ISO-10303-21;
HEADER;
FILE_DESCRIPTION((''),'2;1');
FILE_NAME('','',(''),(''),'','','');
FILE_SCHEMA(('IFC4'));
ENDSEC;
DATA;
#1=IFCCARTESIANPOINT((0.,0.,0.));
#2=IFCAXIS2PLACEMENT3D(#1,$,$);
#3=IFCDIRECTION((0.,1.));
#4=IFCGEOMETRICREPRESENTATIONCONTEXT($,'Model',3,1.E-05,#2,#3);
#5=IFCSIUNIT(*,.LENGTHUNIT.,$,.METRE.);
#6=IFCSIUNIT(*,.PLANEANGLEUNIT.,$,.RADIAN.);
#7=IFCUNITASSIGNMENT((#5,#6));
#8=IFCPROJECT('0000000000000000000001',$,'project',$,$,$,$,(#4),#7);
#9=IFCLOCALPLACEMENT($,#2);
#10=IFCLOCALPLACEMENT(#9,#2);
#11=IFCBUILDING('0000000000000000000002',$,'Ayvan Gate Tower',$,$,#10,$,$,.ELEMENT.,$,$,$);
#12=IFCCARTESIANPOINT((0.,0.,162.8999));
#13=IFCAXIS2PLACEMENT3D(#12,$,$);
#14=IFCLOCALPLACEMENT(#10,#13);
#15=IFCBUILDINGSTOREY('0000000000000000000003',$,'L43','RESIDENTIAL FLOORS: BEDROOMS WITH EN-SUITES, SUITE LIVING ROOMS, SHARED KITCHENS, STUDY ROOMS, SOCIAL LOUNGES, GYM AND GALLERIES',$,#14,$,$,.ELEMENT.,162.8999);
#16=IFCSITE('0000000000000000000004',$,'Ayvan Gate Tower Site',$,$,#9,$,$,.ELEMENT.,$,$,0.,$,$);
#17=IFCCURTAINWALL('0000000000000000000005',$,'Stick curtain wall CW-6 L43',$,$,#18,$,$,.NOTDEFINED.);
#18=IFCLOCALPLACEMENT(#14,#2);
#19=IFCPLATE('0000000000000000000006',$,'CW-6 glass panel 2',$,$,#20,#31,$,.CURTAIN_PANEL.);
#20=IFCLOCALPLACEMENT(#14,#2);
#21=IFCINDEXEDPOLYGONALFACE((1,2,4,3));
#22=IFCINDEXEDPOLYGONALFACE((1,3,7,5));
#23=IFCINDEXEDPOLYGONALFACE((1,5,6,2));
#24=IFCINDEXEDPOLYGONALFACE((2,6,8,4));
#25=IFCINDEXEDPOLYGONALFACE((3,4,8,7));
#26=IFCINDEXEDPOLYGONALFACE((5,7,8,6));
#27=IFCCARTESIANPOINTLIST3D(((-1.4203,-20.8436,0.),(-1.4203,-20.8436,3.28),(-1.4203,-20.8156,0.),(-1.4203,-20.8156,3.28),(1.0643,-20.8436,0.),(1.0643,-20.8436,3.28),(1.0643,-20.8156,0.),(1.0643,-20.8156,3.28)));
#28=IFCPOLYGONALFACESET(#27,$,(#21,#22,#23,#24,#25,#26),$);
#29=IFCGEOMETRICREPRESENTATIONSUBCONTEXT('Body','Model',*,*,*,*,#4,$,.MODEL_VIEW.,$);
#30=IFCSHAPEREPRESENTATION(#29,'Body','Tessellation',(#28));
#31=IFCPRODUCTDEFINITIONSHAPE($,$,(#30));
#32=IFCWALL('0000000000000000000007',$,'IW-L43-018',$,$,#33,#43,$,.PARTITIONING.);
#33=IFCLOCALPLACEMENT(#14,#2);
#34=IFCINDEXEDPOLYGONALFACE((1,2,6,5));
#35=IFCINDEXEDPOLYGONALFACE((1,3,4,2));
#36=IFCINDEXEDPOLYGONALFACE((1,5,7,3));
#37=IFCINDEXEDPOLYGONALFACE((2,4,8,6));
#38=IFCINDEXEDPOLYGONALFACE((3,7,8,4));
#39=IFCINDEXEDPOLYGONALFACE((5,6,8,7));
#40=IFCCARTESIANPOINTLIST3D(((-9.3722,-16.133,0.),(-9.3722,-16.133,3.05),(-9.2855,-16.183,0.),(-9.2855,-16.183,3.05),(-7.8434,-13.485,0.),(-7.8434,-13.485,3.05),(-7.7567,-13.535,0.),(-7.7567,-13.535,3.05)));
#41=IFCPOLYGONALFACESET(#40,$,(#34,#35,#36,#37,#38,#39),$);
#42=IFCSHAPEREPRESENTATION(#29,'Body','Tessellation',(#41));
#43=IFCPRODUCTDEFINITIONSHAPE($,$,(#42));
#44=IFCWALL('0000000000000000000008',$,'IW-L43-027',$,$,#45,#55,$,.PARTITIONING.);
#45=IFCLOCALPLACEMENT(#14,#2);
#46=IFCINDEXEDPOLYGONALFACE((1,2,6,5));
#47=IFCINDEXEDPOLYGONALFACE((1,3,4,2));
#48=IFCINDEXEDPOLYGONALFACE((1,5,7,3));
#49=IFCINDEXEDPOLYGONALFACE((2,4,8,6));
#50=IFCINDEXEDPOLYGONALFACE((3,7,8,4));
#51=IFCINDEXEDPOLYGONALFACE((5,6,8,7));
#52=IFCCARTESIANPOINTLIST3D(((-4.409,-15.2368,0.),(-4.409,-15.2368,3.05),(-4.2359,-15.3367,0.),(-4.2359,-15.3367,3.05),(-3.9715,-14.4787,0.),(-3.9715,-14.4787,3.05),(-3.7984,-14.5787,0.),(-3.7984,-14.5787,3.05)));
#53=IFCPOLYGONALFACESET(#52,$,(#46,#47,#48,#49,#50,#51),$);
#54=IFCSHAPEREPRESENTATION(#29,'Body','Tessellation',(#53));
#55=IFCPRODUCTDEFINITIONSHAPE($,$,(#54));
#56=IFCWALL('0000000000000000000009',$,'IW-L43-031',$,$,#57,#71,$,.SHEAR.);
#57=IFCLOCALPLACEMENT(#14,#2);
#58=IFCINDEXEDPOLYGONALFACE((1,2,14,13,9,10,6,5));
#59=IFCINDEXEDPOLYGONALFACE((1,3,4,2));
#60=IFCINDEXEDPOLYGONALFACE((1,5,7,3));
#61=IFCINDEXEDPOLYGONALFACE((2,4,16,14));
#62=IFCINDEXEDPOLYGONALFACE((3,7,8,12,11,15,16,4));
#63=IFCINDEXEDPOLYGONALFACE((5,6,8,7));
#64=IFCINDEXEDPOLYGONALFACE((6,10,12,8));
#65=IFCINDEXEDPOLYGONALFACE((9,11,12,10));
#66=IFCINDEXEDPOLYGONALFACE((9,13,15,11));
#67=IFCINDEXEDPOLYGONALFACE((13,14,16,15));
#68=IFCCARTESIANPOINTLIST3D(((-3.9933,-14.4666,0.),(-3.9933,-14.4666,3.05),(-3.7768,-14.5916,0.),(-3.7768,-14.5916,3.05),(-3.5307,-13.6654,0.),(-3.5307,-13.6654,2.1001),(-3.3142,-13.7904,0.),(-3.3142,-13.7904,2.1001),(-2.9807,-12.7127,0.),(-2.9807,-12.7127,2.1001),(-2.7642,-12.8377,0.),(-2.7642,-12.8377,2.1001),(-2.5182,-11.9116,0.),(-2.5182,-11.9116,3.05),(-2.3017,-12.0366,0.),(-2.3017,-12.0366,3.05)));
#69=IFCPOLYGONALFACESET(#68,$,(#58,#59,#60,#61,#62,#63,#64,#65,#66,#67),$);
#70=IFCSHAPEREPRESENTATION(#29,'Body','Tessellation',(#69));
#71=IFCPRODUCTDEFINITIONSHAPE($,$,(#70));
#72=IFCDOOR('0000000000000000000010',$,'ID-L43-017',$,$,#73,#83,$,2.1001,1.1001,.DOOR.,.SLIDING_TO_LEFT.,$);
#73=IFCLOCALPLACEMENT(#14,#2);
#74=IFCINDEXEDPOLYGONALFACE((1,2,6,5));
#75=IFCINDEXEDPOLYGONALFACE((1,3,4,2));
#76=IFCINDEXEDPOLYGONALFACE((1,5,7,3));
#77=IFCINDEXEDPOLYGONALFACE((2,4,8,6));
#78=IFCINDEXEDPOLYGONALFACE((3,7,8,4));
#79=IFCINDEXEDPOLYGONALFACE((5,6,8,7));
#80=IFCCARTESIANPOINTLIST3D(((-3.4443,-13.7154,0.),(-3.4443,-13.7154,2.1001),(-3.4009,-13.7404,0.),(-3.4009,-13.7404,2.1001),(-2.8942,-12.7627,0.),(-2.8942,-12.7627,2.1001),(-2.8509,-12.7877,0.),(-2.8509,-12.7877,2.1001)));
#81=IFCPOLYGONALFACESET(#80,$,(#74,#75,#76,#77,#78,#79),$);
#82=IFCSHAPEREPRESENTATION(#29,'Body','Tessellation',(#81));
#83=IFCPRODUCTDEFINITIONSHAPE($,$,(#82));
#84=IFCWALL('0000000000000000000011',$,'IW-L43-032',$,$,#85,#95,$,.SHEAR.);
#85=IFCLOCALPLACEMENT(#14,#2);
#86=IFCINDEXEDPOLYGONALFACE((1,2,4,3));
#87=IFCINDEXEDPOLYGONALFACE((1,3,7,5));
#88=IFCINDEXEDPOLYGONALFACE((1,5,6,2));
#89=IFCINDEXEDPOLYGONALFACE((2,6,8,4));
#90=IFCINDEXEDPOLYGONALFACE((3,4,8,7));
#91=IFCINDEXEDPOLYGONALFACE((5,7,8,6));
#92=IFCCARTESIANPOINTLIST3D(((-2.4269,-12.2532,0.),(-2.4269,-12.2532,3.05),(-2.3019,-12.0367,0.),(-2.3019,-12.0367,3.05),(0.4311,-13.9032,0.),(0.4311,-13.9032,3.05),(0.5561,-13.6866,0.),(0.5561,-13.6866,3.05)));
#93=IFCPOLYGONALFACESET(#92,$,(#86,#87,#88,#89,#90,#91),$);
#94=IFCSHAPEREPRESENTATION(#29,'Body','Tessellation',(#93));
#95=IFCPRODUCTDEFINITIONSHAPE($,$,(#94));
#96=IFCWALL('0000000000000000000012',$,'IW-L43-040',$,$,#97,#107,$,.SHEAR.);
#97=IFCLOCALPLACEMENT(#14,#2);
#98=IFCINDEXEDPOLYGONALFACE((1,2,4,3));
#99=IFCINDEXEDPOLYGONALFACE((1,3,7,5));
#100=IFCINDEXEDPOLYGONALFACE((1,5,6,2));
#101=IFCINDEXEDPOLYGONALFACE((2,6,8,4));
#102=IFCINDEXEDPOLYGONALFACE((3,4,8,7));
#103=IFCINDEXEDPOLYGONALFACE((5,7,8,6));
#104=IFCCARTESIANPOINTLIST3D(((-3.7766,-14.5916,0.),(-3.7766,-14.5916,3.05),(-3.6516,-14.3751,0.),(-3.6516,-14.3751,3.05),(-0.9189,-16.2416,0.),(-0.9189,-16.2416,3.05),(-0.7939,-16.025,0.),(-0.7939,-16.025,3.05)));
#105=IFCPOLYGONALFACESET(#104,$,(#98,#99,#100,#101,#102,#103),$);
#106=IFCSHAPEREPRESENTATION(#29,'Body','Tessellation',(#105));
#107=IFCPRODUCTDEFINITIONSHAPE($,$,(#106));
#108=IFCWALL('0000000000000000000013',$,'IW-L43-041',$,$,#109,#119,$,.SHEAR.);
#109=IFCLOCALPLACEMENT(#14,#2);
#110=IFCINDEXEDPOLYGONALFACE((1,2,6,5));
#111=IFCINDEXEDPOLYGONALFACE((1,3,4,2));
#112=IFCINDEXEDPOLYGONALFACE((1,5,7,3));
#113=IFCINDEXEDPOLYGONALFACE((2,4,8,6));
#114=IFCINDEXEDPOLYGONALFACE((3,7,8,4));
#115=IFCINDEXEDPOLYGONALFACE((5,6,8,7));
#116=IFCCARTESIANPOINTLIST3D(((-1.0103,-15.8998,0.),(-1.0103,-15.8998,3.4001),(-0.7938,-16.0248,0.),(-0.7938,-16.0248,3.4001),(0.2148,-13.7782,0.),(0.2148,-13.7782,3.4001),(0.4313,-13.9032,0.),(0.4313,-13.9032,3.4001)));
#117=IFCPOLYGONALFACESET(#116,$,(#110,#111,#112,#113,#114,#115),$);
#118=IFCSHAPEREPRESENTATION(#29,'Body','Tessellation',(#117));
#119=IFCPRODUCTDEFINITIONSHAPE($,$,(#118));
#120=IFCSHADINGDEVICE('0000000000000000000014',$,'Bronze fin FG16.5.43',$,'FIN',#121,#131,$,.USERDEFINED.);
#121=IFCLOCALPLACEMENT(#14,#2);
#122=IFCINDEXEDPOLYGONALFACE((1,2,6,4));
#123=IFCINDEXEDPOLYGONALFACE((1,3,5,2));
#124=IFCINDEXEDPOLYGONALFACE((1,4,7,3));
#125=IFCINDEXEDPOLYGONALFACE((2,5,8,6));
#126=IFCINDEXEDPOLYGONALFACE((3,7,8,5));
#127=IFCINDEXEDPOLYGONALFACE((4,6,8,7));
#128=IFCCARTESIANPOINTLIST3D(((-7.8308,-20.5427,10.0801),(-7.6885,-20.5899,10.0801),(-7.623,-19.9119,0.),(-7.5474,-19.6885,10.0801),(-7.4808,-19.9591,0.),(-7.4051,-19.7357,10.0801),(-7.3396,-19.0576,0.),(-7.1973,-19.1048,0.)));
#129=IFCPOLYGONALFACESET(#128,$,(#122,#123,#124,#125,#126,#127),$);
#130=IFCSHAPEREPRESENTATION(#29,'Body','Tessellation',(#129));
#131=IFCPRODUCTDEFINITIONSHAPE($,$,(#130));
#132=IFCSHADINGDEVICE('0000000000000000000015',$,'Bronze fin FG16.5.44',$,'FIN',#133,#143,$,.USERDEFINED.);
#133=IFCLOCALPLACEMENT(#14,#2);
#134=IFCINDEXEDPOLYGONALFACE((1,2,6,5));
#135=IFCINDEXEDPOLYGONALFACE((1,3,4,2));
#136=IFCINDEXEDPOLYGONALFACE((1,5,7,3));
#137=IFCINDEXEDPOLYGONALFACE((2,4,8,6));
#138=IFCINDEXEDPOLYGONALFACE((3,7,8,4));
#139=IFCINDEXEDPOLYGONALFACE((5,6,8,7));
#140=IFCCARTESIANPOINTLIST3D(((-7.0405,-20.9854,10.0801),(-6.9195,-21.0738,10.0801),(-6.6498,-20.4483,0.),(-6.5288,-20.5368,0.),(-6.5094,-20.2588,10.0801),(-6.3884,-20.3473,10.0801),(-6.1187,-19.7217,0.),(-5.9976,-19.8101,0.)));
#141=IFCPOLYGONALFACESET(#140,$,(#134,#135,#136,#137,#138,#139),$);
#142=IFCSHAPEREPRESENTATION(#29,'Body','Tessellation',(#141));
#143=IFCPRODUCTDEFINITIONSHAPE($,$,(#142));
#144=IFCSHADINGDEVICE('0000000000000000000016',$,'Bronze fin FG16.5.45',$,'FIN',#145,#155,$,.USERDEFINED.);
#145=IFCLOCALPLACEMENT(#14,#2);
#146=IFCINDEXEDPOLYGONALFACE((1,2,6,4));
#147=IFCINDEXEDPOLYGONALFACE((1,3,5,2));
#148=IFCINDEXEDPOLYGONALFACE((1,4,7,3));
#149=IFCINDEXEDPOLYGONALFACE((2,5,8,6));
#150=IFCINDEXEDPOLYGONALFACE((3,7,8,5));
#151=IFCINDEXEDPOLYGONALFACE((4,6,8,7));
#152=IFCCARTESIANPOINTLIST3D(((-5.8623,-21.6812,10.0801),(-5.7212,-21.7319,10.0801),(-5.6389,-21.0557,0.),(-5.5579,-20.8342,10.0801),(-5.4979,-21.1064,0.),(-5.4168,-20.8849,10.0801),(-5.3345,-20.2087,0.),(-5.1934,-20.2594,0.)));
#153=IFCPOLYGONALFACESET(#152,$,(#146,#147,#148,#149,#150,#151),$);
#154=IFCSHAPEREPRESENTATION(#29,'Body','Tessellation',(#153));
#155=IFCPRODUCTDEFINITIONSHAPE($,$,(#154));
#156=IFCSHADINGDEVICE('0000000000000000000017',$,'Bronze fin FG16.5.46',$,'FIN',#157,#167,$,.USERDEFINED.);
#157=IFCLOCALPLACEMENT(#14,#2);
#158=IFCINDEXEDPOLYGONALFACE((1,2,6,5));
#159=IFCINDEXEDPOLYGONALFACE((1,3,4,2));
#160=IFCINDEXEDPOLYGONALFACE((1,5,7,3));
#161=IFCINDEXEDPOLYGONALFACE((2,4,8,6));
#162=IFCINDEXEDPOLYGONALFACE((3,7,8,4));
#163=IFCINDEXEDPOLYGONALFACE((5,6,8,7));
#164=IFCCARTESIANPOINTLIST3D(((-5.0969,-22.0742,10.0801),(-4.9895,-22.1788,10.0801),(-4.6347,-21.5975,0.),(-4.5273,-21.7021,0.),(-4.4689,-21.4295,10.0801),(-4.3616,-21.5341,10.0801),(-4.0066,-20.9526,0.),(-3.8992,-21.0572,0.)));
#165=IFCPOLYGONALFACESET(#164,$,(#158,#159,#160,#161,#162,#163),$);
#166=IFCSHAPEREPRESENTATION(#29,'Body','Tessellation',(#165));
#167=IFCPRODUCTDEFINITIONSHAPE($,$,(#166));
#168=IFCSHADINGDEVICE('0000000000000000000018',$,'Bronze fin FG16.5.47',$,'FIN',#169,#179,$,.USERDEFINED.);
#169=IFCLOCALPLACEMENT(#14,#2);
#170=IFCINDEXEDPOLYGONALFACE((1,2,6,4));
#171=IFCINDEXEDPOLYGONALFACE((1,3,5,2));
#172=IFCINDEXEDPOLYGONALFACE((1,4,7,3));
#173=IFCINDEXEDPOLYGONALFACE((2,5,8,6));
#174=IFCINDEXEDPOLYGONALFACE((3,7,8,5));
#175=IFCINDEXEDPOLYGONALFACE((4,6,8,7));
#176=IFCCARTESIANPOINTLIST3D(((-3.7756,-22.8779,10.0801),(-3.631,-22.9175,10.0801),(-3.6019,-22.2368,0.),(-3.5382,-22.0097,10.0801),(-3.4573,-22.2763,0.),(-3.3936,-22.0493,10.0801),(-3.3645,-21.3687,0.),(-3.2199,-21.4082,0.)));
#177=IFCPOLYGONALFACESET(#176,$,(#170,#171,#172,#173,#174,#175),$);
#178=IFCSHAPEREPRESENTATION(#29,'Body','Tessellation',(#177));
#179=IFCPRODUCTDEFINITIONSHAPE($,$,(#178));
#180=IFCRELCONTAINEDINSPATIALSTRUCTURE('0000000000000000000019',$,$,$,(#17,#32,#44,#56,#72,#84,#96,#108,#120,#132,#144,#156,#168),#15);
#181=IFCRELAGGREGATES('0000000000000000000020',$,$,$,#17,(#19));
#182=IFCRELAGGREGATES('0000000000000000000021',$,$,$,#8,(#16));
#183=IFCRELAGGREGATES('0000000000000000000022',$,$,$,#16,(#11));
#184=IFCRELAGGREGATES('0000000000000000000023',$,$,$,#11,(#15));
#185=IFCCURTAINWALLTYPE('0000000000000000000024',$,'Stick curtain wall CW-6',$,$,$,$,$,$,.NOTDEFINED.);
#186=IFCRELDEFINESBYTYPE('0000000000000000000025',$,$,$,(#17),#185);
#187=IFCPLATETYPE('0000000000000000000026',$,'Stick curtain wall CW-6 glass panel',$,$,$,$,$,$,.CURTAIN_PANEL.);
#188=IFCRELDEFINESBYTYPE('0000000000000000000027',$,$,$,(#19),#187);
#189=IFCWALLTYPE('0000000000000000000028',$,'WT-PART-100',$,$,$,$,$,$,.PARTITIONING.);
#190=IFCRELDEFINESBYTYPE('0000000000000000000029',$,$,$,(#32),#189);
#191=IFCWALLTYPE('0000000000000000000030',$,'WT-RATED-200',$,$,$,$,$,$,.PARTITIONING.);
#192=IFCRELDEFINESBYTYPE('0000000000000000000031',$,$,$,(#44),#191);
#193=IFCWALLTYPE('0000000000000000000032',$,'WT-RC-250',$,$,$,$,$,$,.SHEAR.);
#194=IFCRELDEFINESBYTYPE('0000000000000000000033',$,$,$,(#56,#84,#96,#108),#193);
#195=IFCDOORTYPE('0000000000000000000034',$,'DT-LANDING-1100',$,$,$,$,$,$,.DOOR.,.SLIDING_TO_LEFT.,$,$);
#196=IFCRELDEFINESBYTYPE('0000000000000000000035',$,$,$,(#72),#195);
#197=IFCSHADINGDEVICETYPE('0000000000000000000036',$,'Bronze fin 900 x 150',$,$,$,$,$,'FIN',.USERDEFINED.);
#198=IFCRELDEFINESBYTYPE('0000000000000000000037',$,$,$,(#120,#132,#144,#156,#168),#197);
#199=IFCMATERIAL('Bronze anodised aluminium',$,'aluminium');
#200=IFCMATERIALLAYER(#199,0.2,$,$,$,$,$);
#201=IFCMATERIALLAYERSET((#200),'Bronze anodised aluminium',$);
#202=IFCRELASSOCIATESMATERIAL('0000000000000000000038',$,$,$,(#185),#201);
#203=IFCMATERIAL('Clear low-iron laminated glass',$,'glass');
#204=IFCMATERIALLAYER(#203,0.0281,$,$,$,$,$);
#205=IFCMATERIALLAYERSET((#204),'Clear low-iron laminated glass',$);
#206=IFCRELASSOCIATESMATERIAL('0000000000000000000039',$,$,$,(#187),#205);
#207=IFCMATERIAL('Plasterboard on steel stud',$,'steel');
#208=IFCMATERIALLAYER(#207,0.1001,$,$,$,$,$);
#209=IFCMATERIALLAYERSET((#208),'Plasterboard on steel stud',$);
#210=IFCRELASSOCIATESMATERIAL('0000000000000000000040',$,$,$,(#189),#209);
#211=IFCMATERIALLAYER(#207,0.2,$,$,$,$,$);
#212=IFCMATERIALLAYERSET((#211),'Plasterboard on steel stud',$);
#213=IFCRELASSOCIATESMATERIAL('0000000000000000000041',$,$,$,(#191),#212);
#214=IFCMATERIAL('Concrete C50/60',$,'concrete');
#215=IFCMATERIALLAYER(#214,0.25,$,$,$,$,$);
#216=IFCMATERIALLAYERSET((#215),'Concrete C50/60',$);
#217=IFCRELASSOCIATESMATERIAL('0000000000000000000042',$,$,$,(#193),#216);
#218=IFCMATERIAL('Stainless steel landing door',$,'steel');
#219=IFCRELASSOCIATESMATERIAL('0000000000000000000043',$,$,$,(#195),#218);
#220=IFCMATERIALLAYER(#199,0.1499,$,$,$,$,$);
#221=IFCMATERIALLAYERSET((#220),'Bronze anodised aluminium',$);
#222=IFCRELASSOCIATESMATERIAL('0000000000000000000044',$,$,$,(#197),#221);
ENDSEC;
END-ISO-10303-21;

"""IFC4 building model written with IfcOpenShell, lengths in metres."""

from ifc_helpers import new_model, si_unit, direction, frame, frame_2d, origin, origin_2d, place, context, subcontext, project, spatial, polyline, rectangle, outline, extrude, material, layer, layer_set, type_object, element, fill, aggregate, save


model = new_model("IFC4")

# Units and contexts
model_context = context("Model", 3, precision=1e-05, world=origin(), true_north=direction((0.0, 1.0)))
body_context = subcontext(model_context, "Body", "Model", "MODEL_VIEW")
ifc_project = project(units=[si_unit("LENGTHUNIT", "METRE"), si_unit("PLANEANGLEUNIT", "RADIAN")], contexts=[model_context])

# Site, building, storey
site_placement = place(None, origin())
site = spatial("IfcSite", under=ifc_project, at=site_placement, Name="Ayvan Gate Tower Site", CompositionType="ELEMENT", RefElevation=0.0)
building_placement = place(site_placement, origin())
building = spatial("IfcBuilding", under=site, at=building_placement, Name="Ayvan Gate Tower", CompositionType="ELEMENT")
storey_placement = place(building_placement, frame((0.0, 0.0, 162.8999)))
storey = spatial("IfcBuildingStorey", under=building, at=storey_placement, Name="L43", Description="RESIDENTIAL FLOORS: BEDROOMS WITH EN-SUITES, SUITE LIVING ROOMS, SHARED KITCHENS, STUDY ROOMS, SOCIAL LOUNGES, GYM AND GALLERIES", CompositionType="ELEMENT", Elevation=162.8999)

# Curtain wall
ifc_material_1 = material(Name="Bronze anodised aluminium", Category="aluminium")
ifc_layer_1 = layer(ifc_material_1, 0.2)
ifc_layer_set_1 = layer_set([ifc_layer_1], Name="Bronze anodised aluminium")
curtain_wall_type_1 = type_object("IfcCurtainWallType", Name="Stick curtain wall CW-6", PredefinedType="NOTDEFINED", material=ifc_layer_set_1)
curtain_wall_1_placement = place(storey_placement, origin())
curtain_wall_1 = element("IfcCurtainWall", 1, at=curtain_wall_1_placement, inside=storey, type_object=curtain_wall_type_1, Name="Stick curtain wall CW-6 L43", PredefinedType="NOTDEFINED")

# Plate
ifc_material_2 = material(Name="Clear low-iron laminated glass", Category="glass")
ifc_layer_2 = layer(ifc_material_2, 0.0281)
ifc_layer_set_2 = layer_set([ifc_layer_2], Name="Clear low-iron laminated glass")
plate_type_1 = type_object("IfcPlateType", Name="Stick curtain wall CW-6 glass panel", PredefinedType="CURTAIN_PANEL", material=ifc_layer_set_2)
plate_1_placement = place(storey_placement, frame((-0.178, -20.8296, 0.0), z_axis=(0.0, 0.0, 1.0), x_axis=(1.0, 0.0, 0.0)))
plate_1 = element("IfcPlate", 2, at=plate_1_placement, type_object=plate_type_1, Name="CW-6 glass panel 2", PredefinedType="CURTAIN_PANEL", context=body_context, shape_type="SweptSolid", body=[
    extrude(rectangle(XDim=2.4846, YDim=0.0281, at=origin_2d()), origin(), (0.0, 0.0, 1.0), 3.28),
])
aggregate(curtain_wall_1, [plate_1])

# Walls
ifc_material_3 = material(Name="Plasterboard on steel stud", Category="steel")
ifc_layer_3 = layer(ifc_material_3, 0.1001)
ifc_layer_set_3 = layer_set([ifc_layer_3], Name="Plasterboard on steel stud")
wall_type_1 = type_object("IfcWallType", Name="WT-PART-100", PredefinedType="PARTITIONING", material=ifc_layer_set_3)
wall_1_placement = place(storey_placement, frame((-7.8, -13.51, 0.0), z_axis=(0.0, 0.0, 1.0), x_axis=(-0.500004, -0.866023, 0.0)))
element("IfcWall", 3, at=wall_1_placement, inside=storey, type_object=wall_type_1, Name="IW-L43-018", PredefinedType="PARTITIONING", context=body_context, shape_type="SweptSolid", body=[
    extrude(rectangle(XDim=3.0576, YDim=0.1001, at=frame_2d((1.5288, 0.0))), origin(), (0.0, 0.0, 1.0), 3.05),
])
ifc_layer_4 = layer(ifc_material_3, 0.2)
ifc_layer_set_4 = layer_set([ifc_layer_4], Name="Plasterboard on steel stud")
wall_type_2 = type_object("IfcWallType", Name="WT-RATED-200", PredefinedType="PARTITIONING", material=ifc_layer_set_4)
wall_2_placement = place(storey_placement, frame((-3.885, -14.5288, 0.0), z_axis=(0.0, 0.0, 1.0), x_axis=(-0.499859, -0.866107, 0.0)))
element("IfcWall", 4, at=wall_2_placement, inside=storey, type_object=wall_type_2, Name="IW-L43-027", PredefinedType="PARTITIONING", context=body_context, shape_type="SweptSolid", body=[
    extrude(rectangle(XDim=0.8752, YDim=0.2, at=frame_2d((0.4375, 0.0))), origin(), (0.0, 0.0, 1.0), 3.05),
])

# Wall, opening, door
ifc_material_4 = material(Name="Concrete C50/60", Category="concrete")
ifc_layer_5 = layer(ifc_material_4, 0.25)
ifc_layer_set_5 = layer_set([ifc_layer_5], Name="Concrete C50/60")
wall_type_3 = type_object("IfcWallType", Name="WT-RC-250", PredefinedType="SHEAR", material=ifc_layer_set_5)
wall_3_placement = place(storey_placement, frame((-2.4099, -11.9741, 0.0), z_axis=(0.0, 0.0, 1.0), x_axis=(-0.500002, -0.866024, 0.0)))
wall_3 = element("IfcWall", 5, at=wall_3_placement, inside=storey, type_object=wall_type_3, Name="IW-L43-031", PredefinedType="SHEAR", context=body_context, shape_type="SweptSolid", body=[
    extrude(rectangle(XDim=2.9502, YDim=0.25, at=frame_2d((1.4751, 0.0))), origin(), (0.0, 0.0, 1.0), 3.05),
])
opening_placement = place(wall_3_placement, frame((0.925, 0.0, 0.0)))
opening = element("IfcOpeningElement", 6, at=opening_placement, cuts=wall_3, PredefinedType="OPENING", context=body_context, shape_type="SweptSolid", body=[
    extrude(rectangle(XDim=1.1001, YDim=2.1001, at=frame_2d((0.55, 1.05))), frame((0.0, 0.135, 0.0), z_axis=(0.0, -1.0, 0.0), x_axis=(1.0, 0.0, 0.0)), (0.0, 0.0, 1.0), 0.27),
])
ifc_material_5 = material(Name="Stainless steel landing door", Category="steel")
door_type = type_object("IfcDoorType", Name="DT-LANDING-1100", OperationType="SLIDING_TO_LEFT", PredefinedType="DOOR", material=ifc_material_5)
door_placement = place(opening_placement, origin())
door = element("IfcDoor", 7, at=door_placement, inside=storey, type_object=door_type, Name="ID-L43-017", OperationType="SLIDING_TO_LEFT", OverallHeight=2.1001, OverallWidth=1.1001, PredefinedType="DOOR", context=body_context, shape_type="SweptSolid", body=[
    extrude(rectangle(XDim=1.1001, YDim=2.1001, at=frame_2d((0.55, 1.05))), frame((0.0, 0.0249, 0.0), z_axis=(0.0, -1.0, 0.0), x_axis=(1.0, 0.0, 0.0)), (0.0, 0.0, 1.0), 0.05),
])
fill(opening, door)

# Walls
wall_4_placement = place(storey_placement, frame((-2.3643, -12.145, 0.0), z_axis=(0.0, 0.0, 1.0), x_axis=(0.86604, -0.499974, 0.0)))
element("IfcWall", 8, at=wall_4_placement, inside=storey, type_object=wall_type_3, Name="IW-L43-032", PredefinedType="SHEAR", context=body_context, shape_type="SweptSolid", body=[
    extrude(rectangle(XDim=3.3, YDim=0.25, at=frame_2d((1.6499, 0.0))), origin(), (0.0, 0.0, 1.0), 3.05),
])
wall_5_placement = place(storey_placement, frame((-0.8564, -16.1333, 0.0), z_axis=(0.0, 0.0, 1.0), x_axis=(-0.866022, 0.500006, 0.0)))
element("IfcWall", 9, at=wall_5_placement, inside=storey, type_object=wall_type_3, Name="IW-L43-040", PredefinedType="SHEAR", context=body_context, shape_type="SweptSolid", body=[
    extrude(rectangle(XDim=3.2998, YDim=0.25, at=frame_2d((1.6499, 0.0))), origin(), (0.0, 0.0, 1.0), 3.05),
])
wall_6_placement = place(storey_placement, frame((-0.9021, -15.9624, 0.0), z_axis=(0.0, 0.0, 1.0), x_axis=(0.500062, 0.86599, 0.0)))
element("IfcWall", 10, at=wall_6_placement, inside=storey, type_object=wall_type_3, Name="IW-L43-041", PredefinedType="SHEAR", context=body_context, shape_type="SweptSolid", body=[
    extrude(rectangle(XDim=2.45, YDim=0.25, at=frame_2d((1.2251, 0.0))), origin(), (0.0, 0.0, 1.0), 3.4001),
])

# Shading devices
ifc_layer_6 = layer(ifc_material_1, 0.1499)
ifc_layer_set_6 = layer_set([ifc_layer_6], Name="Bronze anodised aluminium")
shading_device_type = type_object("IfcShadingDeviceType", Name="Bronze fin 900 x 150", ElementType="FIN", PredefinedType="USERDEFINED", material=ifc_layer_set_6)
shading_device_1_placement = place(storey_placement, frame((-7.3396, -19.0576, 0.0), z_axis=(-0.949116, 0.314925, 0.000147), x_axis=(-0.314925, -0.949116, 0.0)))
element("IfcShadingDevice", 11, at=shading_device_1_placement, inside=storey, type_object=shading_device_type, Name="Bronze fin FG16.5.43", ObjectType="FIN", PredefinedType="USERDEFINED", context=body_context, shape_type="SweptSolid", body=[
    extrude(outline(polyline([(0.0, 0.0), (0.9, 0.0), (1.5642, 10.0801), (0.6642, 10.0801), (0.0, 0.0)])), origin(), (0.0, 0.0, -1.0), 0.1499),
])
shading_device_2_placement = place(storey_placement, frame((-6.1187, -19.7217, 0.0), z_axis=(-0.807297, 0.590146, 0.000151), x_axis=(-0.590146, -0.807297, 0.0)))
element("IfcShadingDevice", 12, at=shading_device_2_placement, inside=storey, type_object=shading_device_type, Name="Bronze fin FG16.5.44", ObjectType="FIN", PredefinedType="USERDEFINED", context=body_context, shape_type="SweptSolid", body=[
    extrude(outline(polyline([(0.0, 0.0), (0.9001, 0.0), (1.5642, 10.0801), (0.6643, 10.0801), (0.0, 0.0)])), origin(), (0.0, 0.0, -1.0), 0.1499),
])
shading_device_3_placement = place(storey_placement, frame((-5.3345, -20.2087, 0.0), z_axis=(-0.941046, 0.338278, 0.000136), x_axis=(-0.338278, -0.941046, 0.0)))
element("IfcShadingDevice", 13, at=shading_device_3_placement, inside=storey, type_object=shading_device_type, Name="Bronze fin FG16.5.45", ObjectType="FIN", PredefinedType="USERDEFINED", context=body_context, shape_type="SweptSolid", body=[
    extrude(outline(polyline([(0.0, 0.0), (0.9, 0.0), (1.5642, 10.0801), (0.6642, 10.0801), (0.0, 0.0)])), origin(), (0.0, 0.0, -1.0), 0.1499),
])
shading_device_4_placement = place(storey_placement, frame((-4.0066, -20.9526, 0.0), z_axis=(-0.716336, 0.697756, 0.000153), x_axis=(-0.697756, -0.716336, 0.0)))
element("IfcShadingDevice", 14, at=shading_device_4_placement, inside=storey, type_object=shading_device_type, Name="Bronze fin FG16.5.46", ObjectType="FIN", PredefinedType="USERDEFINED", context=body_context, shape_type="SweptSolid", body=[
    extrude(outline(polyline([(0.0, 0.0), (0.9002, 0.0), (1.5642, 10.0801), (0.6642, 10.0801), (0.0, 0.0)])), origin(), (0.0, 0.0, -1.0), 0.1499),
])
shading_device_5_placement = place(storey_placement, frame((-3.3645, -21.3687, 0.0), z_axis=(-0.964579, 0.263794, 0.000156), x_axis=(-0.263794, -0.964579, 0.0)))
element("IfcShadingDevice", 15, at=shading_device_5_placement, inside=storey, type_object=shading_device_type, Name="Bronze fin FG16.5.47", ObjectType="FIN", PredefinedType="USERDEFINED", context=body_context, shape_type="SweptSolid", body=[
    extrude(outline(polyline([(0.0, 0.0), (0.9, 0.0), (1.5643, 10.0801), (0.6642, 10.0801), (0.0, 0.0)])), origin(), (0.0, 0.0, -1.0), 0.1499),
])

save(model, "model.ifc")
